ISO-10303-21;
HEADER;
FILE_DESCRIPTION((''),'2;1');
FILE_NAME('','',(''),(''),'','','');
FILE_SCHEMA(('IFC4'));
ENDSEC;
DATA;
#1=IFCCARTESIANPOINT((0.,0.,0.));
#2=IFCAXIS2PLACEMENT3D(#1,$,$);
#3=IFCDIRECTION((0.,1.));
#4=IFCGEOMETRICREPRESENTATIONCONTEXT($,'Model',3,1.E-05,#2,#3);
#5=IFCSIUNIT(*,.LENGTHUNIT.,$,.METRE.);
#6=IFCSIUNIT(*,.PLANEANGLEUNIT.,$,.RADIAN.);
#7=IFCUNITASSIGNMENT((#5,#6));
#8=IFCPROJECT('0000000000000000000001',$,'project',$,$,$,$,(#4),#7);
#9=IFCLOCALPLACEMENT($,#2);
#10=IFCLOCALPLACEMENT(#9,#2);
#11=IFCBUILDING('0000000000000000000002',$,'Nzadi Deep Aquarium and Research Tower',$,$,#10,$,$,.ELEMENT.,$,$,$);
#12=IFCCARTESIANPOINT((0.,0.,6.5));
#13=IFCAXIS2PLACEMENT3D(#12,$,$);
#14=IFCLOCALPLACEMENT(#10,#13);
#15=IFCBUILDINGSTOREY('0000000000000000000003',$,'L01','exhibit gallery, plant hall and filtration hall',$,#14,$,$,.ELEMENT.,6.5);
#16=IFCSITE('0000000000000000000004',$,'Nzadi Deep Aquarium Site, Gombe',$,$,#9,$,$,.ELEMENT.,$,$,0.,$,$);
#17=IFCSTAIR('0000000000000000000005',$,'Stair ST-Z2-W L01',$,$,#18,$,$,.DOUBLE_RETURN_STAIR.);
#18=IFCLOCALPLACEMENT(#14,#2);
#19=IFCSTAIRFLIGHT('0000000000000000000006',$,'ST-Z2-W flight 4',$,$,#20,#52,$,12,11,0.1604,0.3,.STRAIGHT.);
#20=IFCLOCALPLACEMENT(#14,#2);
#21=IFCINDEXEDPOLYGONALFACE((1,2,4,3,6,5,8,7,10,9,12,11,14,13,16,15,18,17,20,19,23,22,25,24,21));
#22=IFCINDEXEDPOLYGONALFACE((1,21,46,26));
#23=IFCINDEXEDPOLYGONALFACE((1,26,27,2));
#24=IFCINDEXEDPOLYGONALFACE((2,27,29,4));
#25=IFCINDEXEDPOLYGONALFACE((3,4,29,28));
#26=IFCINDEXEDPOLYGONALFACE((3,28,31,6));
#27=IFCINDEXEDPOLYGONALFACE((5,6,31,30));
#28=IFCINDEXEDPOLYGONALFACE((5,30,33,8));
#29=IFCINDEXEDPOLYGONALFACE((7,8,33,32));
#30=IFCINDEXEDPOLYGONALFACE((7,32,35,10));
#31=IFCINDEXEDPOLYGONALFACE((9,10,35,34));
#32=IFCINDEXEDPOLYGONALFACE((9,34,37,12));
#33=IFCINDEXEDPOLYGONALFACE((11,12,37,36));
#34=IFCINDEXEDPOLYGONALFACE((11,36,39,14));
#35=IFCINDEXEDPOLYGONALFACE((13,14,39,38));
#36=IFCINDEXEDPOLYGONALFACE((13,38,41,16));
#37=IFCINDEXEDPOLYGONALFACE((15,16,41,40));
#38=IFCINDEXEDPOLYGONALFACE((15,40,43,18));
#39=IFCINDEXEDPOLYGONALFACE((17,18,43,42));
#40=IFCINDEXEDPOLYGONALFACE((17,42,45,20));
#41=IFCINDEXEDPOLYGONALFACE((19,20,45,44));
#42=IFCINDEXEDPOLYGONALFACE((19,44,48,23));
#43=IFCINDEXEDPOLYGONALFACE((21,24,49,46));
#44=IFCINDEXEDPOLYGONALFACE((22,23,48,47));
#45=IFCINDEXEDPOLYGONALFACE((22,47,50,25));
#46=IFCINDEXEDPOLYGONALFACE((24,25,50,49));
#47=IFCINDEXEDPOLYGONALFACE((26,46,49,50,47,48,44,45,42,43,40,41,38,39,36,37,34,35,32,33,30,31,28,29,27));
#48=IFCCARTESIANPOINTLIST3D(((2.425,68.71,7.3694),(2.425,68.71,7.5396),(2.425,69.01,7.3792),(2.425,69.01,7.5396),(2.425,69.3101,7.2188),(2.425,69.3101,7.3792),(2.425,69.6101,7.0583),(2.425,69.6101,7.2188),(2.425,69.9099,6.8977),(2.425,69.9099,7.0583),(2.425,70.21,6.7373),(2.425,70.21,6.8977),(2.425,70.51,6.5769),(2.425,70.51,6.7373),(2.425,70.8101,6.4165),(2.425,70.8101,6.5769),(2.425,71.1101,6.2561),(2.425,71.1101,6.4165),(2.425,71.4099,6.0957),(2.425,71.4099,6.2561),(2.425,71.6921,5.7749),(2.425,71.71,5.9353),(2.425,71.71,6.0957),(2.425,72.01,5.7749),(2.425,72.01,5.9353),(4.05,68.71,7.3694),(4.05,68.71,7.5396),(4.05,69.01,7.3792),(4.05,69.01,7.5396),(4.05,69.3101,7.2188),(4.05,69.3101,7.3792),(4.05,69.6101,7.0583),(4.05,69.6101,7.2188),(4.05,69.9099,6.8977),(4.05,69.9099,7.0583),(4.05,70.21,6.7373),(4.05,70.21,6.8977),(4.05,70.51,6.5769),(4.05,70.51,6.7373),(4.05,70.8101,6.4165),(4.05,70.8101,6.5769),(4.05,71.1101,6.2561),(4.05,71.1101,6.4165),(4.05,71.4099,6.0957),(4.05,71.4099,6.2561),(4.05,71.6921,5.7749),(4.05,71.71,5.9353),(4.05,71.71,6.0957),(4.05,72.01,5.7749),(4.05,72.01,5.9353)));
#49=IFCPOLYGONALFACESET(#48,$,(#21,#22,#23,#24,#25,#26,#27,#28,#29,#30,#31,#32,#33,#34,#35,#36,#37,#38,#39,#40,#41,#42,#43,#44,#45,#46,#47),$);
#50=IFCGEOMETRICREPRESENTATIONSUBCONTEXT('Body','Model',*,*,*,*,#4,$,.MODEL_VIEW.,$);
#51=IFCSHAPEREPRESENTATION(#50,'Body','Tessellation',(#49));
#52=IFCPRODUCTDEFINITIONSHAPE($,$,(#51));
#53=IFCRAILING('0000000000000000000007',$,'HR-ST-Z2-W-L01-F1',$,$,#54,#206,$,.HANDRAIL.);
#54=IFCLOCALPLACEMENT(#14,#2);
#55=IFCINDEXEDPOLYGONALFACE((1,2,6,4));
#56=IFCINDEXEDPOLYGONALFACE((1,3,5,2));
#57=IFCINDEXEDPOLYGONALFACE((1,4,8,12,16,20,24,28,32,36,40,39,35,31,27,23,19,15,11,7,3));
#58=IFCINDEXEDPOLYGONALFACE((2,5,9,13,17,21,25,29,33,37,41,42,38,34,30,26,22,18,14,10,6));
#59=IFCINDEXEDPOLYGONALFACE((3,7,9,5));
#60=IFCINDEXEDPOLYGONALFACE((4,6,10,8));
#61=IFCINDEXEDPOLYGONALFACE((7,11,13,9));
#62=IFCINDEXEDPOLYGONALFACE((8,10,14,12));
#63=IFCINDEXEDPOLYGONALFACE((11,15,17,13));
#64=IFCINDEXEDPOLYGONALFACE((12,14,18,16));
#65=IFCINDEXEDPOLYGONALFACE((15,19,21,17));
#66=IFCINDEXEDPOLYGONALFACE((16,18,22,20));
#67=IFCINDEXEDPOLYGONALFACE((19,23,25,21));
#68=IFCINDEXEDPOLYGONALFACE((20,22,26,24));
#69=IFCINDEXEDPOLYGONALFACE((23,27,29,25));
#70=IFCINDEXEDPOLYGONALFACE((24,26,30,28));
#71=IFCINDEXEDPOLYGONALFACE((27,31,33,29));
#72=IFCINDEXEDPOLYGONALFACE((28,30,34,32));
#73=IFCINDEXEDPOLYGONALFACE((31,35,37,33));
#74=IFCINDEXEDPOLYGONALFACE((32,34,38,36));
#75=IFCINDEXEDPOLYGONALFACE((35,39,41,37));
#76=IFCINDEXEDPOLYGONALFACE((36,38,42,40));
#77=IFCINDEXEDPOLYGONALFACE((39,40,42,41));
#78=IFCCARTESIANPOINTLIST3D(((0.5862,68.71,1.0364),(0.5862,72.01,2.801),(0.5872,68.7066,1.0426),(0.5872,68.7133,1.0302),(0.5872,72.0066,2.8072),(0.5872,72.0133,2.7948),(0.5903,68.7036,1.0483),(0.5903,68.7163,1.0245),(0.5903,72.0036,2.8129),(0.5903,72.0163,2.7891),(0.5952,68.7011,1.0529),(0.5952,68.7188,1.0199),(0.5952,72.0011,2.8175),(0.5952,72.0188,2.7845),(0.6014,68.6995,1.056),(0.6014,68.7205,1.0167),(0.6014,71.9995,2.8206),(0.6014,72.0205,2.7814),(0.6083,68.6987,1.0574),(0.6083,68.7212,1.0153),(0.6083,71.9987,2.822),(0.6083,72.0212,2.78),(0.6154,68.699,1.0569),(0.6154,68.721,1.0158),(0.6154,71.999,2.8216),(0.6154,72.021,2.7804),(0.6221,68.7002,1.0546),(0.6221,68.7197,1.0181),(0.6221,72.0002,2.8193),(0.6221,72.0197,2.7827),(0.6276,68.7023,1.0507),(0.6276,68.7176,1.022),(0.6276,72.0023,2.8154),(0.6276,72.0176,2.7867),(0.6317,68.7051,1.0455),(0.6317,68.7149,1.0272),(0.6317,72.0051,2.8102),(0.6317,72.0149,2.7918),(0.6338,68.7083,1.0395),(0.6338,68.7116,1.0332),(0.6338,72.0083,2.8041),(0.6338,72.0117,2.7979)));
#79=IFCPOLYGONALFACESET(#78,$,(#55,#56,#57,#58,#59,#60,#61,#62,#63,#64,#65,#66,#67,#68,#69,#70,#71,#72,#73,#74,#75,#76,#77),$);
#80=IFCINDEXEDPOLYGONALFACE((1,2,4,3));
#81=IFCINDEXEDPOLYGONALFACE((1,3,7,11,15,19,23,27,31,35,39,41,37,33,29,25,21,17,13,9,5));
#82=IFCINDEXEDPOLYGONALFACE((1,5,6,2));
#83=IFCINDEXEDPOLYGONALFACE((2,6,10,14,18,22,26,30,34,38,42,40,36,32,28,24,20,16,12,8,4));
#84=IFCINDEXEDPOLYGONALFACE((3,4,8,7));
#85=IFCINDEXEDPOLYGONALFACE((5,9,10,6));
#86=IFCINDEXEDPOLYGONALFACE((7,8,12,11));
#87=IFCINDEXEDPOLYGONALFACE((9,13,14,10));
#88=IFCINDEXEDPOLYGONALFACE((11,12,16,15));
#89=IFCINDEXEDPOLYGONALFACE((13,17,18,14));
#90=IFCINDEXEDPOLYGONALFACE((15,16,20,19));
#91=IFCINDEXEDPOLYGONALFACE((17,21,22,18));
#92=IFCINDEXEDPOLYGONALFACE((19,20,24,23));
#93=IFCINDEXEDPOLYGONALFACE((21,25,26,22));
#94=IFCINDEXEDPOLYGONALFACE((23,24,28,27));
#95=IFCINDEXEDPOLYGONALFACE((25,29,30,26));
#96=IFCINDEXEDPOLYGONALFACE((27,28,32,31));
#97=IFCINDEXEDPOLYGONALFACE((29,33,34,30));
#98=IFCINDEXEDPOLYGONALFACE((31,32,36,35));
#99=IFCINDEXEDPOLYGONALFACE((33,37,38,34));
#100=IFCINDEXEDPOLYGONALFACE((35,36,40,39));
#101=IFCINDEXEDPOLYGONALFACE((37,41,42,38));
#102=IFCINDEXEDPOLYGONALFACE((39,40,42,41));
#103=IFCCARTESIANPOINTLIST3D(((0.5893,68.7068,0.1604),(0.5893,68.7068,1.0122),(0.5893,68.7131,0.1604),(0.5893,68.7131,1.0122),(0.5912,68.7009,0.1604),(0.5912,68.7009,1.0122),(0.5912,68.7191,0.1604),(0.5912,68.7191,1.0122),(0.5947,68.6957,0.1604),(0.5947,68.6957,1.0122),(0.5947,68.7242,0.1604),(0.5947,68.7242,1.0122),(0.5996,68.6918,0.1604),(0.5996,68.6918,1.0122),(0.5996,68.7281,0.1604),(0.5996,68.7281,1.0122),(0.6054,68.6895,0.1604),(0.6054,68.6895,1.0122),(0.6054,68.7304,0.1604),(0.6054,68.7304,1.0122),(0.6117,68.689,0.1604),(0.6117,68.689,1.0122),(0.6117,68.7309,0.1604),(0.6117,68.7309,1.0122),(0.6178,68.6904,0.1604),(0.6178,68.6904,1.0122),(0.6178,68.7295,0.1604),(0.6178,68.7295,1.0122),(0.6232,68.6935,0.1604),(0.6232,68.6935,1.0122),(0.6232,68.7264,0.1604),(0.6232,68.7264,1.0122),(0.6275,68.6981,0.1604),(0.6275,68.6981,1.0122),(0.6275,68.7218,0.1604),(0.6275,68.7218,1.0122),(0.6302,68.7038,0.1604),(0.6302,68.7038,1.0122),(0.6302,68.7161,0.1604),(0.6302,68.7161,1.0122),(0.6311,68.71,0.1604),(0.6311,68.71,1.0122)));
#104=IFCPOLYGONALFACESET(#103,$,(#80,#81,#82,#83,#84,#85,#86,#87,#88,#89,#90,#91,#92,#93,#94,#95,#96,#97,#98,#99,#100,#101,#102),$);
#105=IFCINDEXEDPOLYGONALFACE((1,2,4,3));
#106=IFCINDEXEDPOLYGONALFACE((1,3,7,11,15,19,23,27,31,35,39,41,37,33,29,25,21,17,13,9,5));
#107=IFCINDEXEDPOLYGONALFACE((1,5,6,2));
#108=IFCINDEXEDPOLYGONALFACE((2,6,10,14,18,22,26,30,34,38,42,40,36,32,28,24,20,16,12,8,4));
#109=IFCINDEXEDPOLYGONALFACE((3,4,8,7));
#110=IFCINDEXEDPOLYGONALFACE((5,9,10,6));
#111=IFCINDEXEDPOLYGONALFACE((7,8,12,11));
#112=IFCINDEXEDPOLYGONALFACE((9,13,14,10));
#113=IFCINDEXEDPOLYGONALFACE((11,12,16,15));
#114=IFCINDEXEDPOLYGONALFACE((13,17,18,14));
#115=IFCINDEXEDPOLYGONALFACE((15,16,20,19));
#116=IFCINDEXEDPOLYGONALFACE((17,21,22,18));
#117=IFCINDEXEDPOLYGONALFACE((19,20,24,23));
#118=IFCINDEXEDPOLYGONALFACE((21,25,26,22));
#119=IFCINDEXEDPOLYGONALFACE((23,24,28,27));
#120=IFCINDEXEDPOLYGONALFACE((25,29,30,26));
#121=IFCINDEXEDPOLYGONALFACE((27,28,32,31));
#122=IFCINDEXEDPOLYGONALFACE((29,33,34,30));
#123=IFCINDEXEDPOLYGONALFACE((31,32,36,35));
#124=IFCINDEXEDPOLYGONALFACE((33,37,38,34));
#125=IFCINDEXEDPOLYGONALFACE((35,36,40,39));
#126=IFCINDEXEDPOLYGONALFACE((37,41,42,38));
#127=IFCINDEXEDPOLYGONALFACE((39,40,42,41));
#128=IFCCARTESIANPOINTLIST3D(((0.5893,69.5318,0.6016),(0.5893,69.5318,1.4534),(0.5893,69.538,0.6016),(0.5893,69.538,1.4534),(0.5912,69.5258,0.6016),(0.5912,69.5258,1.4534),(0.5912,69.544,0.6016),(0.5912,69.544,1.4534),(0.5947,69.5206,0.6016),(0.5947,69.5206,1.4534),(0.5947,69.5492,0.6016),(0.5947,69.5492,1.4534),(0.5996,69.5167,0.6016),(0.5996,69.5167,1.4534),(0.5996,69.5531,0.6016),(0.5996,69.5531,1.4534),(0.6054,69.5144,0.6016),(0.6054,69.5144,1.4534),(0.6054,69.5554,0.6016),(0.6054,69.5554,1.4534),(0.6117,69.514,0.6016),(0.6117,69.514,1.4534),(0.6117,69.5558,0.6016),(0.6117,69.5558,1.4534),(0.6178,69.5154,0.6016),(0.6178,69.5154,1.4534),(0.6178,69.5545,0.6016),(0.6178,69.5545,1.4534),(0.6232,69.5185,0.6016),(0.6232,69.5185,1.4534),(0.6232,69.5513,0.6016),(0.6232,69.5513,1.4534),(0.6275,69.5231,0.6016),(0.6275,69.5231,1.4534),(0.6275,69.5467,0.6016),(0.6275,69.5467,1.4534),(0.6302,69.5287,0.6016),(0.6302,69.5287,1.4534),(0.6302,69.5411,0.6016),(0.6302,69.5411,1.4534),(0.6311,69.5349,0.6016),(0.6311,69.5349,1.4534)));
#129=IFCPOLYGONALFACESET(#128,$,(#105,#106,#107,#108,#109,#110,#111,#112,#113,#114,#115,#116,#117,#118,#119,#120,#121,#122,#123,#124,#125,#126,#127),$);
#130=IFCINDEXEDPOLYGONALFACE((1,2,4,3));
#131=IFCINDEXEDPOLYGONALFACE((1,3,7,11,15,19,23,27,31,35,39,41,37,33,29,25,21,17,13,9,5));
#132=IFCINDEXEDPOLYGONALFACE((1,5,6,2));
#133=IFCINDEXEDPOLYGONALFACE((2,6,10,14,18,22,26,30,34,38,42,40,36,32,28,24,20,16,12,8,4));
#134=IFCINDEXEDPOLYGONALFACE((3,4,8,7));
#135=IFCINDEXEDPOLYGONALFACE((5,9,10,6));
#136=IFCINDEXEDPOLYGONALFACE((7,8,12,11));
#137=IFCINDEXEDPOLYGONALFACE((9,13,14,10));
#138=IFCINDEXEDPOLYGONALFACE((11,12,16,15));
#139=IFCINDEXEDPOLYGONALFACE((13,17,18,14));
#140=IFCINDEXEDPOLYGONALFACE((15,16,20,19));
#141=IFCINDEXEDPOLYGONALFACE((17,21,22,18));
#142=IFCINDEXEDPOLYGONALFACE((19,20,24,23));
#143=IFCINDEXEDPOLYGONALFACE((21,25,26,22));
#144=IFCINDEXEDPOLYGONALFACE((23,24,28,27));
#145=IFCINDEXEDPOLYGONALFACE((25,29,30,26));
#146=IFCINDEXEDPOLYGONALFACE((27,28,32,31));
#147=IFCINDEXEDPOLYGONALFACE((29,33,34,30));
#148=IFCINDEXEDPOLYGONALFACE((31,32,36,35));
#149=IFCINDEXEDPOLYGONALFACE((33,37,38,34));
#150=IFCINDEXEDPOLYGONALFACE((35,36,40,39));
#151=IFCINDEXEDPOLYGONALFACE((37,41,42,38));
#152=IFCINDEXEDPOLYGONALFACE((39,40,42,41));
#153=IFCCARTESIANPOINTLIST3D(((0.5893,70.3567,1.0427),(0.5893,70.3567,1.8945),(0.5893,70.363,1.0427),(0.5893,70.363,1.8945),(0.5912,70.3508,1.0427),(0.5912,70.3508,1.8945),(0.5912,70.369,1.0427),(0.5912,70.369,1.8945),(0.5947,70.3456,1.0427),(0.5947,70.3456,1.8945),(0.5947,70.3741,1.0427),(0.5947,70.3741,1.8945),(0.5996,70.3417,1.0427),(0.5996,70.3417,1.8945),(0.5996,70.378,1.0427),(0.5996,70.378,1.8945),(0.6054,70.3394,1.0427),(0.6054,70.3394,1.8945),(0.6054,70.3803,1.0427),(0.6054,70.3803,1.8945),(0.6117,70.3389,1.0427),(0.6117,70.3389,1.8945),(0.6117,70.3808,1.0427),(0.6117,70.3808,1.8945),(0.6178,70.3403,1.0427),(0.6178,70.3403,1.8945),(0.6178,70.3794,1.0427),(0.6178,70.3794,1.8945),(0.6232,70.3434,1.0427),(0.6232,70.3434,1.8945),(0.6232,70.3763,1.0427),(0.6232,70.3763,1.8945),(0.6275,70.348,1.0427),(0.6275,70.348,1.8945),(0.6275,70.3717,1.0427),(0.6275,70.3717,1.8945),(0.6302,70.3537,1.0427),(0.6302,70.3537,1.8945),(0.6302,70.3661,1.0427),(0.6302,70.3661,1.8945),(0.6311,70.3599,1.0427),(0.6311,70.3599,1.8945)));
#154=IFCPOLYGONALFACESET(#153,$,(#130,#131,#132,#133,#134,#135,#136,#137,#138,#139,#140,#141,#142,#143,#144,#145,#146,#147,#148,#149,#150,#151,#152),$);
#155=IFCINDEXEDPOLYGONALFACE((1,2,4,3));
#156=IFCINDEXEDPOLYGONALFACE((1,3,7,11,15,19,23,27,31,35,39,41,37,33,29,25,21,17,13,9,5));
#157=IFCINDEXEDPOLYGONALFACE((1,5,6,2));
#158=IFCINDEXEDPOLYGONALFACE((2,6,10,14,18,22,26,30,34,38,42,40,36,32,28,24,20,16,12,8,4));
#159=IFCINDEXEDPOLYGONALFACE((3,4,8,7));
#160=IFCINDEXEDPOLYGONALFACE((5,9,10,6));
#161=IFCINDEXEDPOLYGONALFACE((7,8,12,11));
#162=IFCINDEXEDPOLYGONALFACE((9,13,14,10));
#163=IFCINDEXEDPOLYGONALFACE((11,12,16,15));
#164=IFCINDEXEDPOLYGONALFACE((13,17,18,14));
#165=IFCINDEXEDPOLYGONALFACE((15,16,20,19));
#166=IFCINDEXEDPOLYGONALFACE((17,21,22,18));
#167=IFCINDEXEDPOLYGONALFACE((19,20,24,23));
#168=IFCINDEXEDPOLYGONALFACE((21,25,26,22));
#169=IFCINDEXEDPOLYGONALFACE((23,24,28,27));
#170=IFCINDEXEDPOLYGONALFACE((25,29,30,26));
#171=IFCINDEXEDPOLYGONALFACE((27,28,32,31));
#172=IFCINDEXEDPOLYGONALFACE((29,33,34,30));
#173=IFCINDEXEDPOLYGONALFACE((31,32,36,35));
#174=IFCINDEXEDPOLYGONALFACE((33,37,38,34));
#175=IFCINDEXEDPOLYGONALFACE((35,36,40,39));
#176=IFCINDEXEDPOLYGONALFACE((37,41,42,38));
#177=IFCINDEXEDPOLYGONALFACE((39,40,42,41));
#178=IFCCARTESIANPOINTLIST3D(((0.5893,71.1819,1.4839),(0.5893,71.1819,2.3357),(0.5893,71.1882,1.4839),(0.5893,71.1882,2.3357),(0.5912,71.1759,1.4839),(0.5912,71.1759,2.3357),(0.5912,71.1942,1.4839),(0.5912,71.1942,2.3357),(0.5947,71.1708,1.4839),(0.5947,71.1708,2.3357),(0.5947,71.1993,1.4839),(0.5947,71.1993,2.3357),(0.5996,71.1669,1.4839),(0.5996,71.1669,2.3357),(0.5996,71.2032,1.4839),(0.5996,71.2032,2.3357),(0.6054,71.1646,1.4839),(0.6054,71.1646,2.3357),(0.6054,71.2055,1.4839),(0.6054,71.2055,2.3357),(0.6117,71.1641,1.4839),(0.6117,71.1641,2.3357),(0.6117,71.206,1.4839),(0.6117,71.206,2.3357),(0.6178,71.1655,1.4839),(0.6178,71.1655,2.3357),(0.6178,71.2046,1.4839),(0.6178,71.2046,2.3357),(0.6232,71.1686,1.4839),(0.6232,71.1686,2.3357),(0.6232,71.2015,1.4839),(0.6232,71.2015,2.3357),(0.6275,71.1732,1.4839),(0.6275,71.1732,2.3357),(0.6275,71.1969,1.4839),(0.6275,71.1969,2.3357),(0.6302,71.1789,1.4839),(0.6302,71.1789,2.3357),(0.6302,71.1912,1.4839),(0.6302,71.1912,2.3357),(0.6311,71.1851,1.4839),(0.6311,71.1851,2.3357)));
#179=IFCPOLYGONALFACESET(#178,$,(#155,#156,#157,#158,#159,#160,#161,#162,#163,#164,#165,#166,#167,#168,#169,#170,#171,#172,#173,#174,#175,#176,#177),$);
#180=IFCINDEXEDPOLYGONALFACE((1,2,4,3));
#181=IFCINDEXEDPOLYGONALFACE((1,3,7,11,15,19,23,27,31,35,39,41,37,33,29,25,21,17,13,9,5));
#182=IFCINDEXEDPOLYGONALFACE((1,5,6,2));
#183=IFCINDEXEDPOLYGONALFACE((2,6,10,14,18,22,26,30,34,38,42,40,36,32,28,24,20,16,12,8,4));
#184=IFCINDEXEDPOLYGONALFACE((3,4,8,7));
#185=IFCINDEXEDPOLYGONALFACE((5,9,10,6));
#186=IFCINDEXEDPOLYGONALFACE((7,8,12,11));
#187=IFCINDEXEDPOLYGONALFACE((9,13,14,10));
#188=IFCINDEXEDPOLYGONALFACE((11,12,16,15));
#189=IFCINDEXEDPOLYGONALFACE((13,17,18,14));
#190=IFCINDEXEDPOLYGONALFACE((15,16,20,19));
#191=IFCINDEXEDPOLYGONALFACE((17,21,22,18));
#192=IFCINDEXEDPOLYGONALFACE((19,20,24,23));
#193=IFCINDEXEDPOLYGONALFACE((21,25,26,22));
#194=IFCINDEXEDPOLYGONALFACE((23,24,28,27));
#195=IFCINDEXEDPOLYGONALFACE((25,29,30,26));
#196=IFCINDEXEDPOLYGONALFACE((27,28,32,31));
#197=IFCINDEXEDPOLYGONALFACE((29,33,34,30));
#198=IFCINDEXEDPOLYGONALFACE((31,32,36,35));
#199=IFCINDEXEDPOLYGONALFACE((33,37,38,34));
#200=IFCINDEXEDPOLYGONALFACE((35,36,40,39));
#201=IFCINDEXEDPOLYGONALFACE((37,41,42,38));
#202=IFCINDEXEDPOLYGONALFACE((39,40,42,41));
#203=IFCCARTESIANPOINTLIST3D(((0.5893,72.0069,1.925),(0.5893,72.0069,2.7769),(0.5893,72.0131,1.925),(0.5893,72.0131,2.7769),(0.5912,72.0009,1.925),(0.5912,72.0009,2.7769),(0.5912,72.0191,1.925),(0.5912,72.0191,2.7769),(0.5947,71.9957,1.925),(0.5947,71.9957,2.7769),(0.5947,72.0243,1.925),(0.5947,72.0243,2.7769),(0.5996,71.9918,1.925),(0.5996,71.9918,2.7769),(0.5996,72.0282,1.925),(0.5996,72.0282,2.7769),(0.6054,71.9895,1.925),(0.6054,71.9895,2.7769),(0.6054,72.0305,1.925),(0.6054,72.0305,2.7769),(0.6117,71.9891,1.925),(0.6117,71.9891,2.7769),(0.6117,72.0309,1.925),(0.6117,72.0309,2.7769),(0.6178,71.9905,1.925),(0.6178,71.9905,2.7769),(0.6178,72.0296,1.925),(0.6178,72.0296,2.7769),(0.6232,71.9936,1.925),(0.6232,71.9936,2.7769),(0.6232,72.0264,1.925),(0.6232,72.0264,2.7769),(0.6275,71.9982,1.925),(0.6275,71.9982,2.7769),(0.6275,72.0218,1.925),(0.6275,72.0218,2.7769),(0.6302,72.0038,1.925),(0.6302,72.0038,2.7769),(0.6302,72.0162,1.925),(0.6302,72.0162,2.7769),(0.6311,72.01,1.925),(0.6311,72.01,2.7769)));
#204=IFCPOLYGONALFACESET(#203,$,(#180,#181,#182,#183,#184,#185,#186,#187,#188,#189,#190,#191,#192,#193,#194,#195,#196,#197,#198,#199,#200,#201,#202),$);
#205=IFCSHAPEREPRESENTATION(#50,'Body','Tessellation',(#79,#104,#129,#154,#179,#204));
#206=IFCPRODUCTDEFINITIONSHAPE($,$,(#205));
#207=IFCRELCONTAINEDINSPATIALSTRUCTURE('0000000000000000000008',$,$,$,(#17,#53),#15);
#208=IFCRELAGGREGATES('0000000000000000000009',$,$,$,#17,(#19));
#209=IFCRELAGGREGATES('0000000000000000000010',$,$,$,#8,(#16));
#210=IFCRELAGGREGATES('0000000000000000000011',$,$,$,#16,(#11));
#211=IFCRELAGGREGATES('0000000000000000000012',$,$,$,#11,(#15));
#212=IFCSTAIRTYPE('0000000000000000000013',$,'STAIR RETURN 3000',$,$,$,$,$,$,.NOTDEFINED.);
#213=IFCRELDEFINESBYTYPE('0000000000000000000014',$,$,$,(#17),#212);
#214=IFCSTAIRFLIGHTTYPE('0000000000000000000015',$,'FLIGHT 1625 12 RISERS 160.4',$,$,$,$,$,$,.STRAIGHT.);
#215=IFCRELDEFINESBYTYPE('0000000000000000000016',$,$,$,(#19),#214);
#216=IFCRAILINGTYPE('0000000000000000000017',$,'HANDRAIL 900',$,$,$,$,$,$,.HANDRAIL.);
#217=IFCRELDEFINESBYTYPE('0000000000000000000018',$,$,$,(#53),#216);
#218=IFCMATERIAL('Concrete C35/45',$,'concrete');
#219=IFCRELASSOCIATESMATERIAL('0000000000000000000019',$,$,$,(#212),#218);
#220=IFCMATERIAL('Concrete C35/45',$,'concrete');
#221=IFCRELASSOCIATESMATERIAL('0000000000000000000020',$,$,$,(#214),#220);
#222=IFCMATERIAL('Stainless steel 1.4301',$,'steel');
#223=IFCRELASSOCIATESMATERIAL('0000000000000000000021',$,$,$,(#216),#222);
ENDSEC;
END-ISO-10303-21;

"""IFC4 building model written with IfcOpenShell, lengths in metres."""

from ifc_helpers import new_model, si_unit, direction, frame, origin, origin_2d, place, context, subcontext, project, spatial, polyline, circle, outline, extrude, material, type_object, element, aggregate, save


model = new_model("IFC4")

# Units and contexts
model_context = context("Model", 3, precision=1e-05, world=origin(), true_north=direction((0.0, 1.0)))
body_context = subcontext(model_context, "Body", "Model", "MODEL_VIEW")
ifc_project = project(units=[si_unit("LENGTHUNIT", "METRE"), si_unit("PLANEANGLEUNIT", "RADIAN")], contexts=[model_context])

# Site, building, storey
site_placement = place(None, origin())
site = spatial("IfcSite", under=ifc_project, at=site_placement, Name="Nzadi Deep Aquarium Site, Gombe", CompositionType="ELEMENT", RefElevation=0.0)
building_placement = place(site_placement, origin())
building = spatial("IfcBuilding", under=site, at=building_placement, Name="Nzadi Deep Aquarium and Research Tower", CompositionType="ELEMENT")
storey_placement = place(building_placement, frame((0.0, 0.0, 6.5)))
storey = spatial("IfcBuildingStorey", under=building, at=storey_placement, Name="L01", Description="exhibit gallery, plant hall and filtration hall", CompositionType="ELEMENT", Elevation=6.5)

# Stair, stair flight
ifc_material_1 = material(Name="Concrete C35/45", Category="concrete")
stair_type = type_object("IfcStairType", Name="STAIR RETURN 3000", PredefinedType="NOTDEFINED", material=ifc_material_1)
stair_placement = place(storey_placement, origin())
stair = element("IfcStair", 1, at=stair_placement, inside=storey, type_object=stair_type, Name="Stair ST-Z2-W L01", PredefinedType="DOUBLE_RETURN_STAIR")
ifc_material_2 = material(Name="Concrete C35/45", Category="concrete")
stair_flight_type = type_object("IfcStairFlightType", Name="FLIGHT 1625 12 RISERS 160.4", PredefinedType="STRAIGHT", material=ifc_material_2)
stair_flight_1_placement = place(storey_placement, frame((3.2375, 72.01, 5.7749), z_axis=(0.0, 0.0, 1.0), x_axis=(0.0, -1.0, 0.0)))
stair_flight_1 = element("IfcStairFlight", 2, at=stair_flight_1_placement, type_object=stair_flight_type, Name="ST-Z2-W flight 4", NumberOfRisers=12, NumberOfTreads=11, PredefinedType="STRAIGHT", RiserHeight=0.1604, TreadLength=0.3, context=body_context, shape_type="SweptSolid", body=[
    extrude(outline(polyline([(0.0, 0.0), (0.0, 0.1604), (0.3, 0.1604), (0.3, 0.3208), (0.6001, 0.3208), (0.6001, 0.4812), (0.8999, 0.4812), (0.8999, 0.6416), (1.2, 0.6416), (1.2, 0.802), (1.5, 0.802), (1.5, 0.9624), (1.8, 0.9624), (1.8, 1.1228), (2.1001, 1.1228), (2.1001, 1.2834), (2.3999, 1.2834), (2.3999, 1.4438), (2.7, 1.4438), (2.7, 1.6042), (3.0, 1.6042), (3.0, 1.7646), (3.3, 1.7646), (3.3, 1.925), (3.3, 1.5945), (0.3179, 0.0), (0.0, 0.0)])), frame((0.0, 0.8125, 0.0), z_axis=(0.0, -1.0, 0.0), x_axis=(1.0, 0.0, 0.0)), (0.0, 0.0, 1.0), 1.625),
])
aggregate(stair, [stair_flight_1])

# Railing
ifc_material_3 = material(Name="Stainless steel 1.4301", Category="steel")
railing_type = type_object("IfcRailingType", Name="HANDRAIL 900", PredefinedType="HANDRAIL", material=ifc_material_3)
for number, where, name in (
    (3, (0.6101, 68.71, 0.1604), "HR-ST-Z2-W-L01-F1"),
):
    element("IfcRailing", number, at=place(storey_placement, frame(where)), inside=storey, type_object=railing_type, Name=name, PredefinedType="HANDRAIL", context=body_context, shape_type="SweptSolid", body=[
        extrude(circle(Radius=0.0239, at=origin_2d()), frame((0.0, 0.0, 0.876), z_axis=(0.0, 0.88184, 0.47155), x_axis=(-1.0, 0.0, 0.0)), (0.0, 0.0, 1.0), 3.7422),
        extrude(circle(Radius=0.021, at=origin_2d()), origin(), (0.0, 0.0, 1.0), 0.8518),
        extrude(circle(Radius=0.021, at=origin_2d()), frame((0.0, 0.825, 0.4412)), (0.0, 0.0, 1.0), 0.8518),
        extrude(circle(Radius=0.021, at=origin_2d()), frame((0.0, 1.6499, 0.8823)), (0.0, 0.0, 1.0), 0.8518),
        extrude(circle(Radius=0.021, at=origin_2d()), frame((0.0, 2.4751, 1.3235)), (0.0, 0.0, 1.0), 0.8518),
        extrude(circle(Radius=0.021, at=origin_2d()), frame((0.0, 3.3, 1.7646)), (0.0, 0.0, 1.0), 0.8518),
    ])

save(model, "model.ifc")
